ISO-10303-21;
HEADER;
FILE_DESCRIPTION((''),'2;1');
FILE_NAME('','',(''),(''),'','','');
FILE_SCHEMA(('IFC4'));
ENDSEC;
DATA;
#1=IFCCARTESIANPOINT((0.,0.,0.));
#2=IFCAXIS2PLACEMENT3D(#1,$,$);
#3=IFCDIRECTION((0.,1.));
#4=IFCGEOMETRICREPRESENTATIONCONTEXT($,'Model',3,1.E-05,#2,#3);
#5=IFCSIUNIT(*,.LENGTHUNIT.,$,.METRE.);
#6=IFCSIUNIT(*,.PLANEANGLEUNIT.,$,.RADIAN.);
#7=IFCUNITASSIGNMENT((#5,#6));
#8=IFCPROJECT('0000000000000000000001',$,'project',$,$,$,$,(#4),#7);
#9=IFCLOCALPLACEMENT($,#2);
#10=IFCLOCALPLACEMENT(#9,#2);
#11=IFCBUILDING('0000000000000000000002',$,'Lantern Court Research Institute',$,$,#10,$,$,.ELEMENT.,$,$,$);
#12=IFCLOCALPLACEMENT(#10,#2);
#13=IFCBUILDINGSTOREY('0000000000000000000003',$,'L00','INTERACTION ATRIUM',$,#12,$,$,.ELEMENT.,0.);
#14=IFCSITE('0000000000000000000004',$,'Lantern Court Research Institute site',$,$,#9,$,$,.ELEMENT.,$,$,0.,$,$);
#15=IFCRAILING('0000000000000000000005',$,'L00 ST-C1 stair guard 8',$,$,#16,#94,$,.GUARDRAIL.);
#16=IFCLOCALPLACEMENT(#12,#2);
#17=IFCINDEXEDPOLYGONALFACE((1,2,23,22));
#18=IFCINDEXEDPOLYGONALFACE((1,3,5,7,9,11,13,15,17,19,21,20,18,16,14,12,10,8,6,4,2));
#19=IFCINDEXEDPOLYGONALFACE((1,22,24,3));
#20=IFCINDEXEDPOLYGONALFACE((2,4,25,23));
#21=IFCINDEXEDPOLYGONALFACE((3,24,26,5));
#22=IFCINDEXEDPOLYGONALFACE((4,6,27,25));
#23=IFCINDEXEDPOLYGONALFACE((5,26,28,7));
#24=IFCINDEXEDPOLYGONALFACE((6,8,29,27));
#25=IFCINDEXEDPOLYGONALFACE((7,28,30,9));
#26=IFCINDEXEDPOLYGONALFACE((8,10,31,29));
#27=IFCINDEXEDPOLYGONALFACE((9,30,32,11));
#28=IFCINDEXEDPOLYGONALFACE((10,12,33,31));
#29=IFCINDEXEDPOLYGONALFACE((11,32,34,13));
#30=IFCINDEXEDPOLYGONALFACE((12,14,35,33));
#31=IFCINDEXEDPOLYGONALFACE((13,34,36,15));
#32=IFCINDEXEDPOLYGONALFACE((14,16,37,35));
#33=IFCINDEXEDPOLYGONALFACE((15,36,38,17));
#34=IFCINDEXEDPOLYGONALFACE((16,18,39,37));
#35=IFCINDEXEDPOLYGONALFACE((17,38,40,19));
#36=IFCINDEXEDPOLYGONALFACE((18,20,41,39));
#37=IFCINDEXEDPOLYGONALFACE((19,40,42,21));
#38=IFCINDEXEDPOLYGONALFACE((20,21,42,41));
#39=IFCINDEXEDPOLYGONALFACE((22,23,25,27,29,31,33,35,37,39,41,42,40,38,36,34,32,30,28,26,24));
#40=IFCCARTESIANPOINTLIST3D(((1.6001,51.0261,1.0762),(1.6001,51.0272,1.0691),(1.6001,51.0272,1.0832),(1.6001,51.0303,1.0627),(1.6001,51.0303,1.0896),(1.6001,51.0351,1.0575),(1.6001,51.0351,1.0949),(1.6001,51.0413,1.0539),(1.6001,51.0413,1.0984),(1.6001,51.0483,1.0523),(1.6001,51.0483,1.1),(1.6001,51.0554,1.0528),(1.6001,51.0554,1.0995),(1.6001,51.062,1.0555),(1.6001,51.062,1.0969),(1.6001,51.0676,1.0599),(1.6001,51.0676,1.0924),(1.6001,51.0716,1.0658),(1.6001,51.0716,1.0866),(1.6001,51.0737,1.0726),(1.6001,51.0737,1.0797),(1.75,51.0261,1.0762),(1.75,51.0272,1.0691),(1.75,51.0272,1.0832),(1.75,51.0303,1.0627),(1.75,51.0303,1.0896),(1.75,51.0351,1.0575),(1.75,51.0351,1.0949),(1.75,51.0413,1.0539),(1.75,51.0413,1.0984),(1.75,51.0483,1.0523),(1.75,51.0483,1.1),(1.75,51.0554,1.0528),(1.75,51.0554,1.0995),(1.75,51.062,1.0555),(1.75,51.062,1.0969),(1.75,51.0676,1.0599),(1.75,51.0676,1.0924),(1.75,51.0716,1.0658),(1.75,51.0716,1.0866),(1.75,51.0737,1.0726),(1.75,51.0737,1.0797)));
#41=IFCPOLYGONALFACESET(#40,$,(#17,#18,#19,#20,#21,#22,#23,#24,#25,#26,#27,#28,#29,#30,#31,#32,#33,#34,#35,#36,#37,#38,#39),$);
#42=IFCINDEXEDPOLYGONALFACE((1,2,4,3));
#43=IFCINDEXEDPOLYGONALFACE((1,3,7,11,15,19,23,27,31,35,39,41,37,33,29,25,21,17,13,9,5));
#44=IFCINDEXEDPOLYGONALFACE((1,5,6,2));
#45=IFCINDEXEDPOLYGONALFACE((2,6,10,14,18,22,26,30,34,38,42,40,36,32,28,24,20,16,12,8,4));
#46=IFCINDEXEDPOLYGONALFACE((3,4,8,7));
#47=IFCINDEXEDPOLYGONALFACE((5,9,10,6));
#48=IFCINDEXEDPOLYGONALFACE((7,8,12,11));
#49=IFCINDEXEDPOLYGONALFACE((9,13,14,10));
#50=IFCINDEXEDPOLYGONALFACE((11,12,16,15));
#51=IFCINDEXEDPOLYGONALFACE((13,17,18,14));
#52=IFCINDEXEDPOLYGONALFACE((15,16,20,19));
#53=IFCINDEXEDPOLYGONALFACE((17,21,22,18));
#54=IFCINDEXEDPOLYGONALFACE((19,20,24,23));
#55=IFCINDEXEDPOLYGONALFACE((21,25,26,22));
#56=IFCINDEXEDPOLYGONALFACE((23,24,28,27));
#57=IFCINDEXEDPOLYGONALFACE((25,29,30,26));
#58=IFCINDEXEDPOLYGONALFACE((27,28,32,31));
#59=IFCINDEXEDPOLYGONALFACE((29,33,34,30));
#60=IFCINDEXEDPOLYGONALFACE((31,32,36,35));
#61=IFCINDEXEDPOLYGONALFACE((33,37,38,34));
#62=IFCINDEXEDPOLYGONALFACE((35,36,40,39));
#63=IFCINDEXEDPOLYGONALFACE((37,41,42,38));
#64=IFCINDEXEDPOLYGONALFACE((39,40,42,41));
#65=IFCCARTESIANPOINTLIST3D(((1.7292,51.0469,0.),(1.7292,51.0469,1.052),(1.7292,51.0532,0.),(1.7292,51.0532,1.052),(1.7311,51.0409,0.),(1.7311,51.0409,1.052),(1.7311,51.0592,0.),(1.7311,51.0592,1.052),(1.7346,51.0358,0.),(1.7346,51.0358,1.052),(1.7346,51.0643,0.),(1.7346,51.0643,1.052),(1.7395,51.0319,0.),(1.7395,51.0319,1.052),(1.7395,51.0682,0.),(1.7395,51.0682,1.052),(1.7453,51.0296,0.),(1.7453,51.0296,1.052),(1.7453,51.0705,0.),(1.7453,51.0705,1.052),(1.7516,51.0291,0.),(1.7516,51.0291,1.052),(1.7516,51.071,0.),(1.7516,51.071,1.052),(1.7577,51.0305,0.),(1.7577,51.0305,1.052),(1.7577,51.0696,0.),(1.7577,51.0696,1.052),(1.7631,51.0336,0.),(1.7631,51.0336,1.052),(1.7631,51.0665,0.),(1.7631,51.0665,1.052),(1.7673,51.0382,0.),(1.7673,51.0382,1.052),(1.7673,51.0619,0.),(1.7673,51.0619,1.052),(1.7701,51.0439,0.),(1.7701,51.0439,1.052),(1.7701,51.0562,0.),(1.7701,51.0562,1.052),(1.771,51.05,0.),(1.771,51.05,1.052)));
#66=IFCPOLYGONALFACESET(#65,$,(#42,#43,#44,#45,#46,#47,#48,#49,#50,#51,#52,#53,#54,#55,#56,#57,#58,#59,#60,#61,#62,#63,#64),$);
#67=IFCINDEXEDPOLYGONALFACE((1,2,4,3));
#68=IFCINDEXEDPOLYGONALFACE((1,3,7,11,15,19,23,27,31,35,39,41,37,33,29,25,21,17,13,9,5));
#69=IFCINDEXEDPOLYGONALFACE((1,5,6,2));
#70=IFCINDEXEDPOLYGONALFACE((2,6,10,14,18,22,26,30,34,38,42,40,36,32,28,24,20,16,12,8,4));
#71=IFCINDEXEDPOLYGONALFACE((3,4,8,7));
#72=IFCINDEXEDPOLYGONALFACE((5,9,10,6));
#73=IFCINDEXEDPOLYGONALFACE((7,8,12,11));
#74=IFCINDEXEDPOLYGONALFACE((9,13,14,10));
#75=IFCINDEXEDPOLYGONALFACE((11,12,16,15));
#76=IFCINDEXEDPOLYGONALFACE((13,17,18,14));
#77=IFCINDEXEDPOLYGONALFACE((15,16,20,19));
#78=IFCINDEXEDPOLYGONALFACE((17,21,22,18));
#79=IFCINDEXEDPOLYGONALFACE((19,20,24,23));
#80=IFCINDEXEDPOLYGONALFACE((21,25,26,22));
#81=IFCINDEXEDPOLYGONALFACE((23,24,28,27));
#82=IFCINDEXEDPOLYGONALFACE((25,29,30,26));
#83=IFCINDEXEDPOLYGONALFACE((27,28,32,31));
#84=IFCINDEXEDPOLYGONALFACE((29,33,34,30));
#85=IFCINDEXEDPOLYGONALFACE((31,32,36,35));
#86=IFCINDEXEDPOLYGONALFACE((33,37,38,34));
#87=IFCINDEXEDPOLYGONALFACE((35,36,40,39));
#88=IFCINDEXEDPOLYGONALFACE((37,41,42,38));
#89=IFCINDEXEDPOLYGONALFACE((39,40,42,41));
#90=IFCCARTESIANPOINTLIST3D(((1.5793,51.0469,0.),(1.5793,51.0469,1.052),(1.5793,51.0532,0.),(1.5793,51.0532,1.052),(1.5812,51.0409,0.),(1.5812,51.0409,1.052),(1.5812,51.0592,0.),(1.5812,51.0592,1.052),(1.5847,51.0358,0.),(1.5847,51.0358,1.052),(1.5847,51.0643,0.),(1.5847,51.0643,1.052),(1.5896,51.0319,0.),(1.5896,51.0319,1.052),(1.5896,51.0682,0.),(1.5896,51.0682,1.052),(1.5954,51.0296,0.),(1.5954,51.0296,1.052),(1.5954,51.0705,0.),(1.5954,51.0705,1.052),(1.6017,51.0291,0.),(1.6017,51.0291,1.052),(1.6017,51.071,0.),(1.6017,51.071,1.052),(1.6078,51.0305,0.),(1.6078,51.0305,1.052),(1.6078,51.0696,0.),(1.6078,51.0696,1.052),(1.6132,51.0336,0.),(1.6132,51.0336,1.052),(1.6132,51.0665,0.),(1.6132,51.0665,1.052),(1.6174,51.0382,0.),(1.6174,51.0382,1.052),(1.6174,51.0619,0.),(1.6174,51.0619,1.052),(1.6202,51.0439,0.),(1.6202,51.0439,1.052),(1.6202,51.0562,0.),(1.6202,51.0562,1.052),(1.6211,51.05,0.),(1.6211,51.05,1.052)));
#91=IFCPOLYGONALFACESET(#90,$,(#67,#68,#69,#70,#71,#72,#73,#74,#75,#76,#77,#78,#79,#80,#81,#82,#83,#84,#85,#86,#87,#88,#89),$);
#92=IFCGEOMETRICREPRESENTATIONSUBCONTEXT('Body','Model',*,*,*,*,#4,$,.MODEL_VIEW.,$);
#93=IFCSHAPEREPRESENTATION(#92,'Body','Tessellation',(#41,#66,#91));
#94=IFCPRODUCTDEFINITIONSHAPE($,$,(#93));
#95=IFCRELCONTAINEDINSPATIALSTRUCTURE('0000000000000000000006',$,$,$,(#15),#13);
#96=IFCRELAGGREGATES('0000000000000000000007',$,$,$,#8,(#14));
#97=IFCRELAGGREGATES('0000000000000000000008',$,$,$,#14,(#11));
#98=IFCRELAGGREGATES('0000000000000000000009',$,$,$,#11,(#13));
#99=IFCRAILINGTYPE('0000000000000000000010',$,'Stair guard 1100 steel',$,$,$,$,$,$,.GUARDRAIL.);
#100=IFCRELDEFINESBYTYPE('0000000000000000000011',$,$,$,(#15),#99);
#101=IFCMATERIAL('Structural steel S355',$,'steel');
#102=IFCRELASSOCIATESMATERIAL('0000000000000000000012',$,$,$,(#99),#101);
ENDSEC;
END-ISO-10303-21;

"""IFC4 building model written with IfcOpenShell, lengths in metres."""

from ifc_helpers import new_model, si_unit, direction, frame, origin, origin_2d, place, context, subcontext, project, spatial, circle, extrude, material, type_object, element, save


model = new_model("IFC4")

# Units and contexts
model_context = context("Model", 3, precision=1e-05, world=origin(), true_north=direction((0.0, 1.0)))
body_context = subcontext(model_context, "Body", "Model", "MODEL_VIEW")
ifc_project = project(units=[si_unit("LENGTHUNIT", "METRE"), si_unit("PLANEANGLEUNIT", "RADIAN")], contexts=[model_context])

# Site, building, storey
site_placement = place(None, origin())
site = spatial("IfcSite", under=ifc_project, at=site_placement, Name="Lantern Court Research Institute site", CompositionType="ELEMENT", RefElevation=0.0)
building_placement = place(site_placement, origin())
building = spatial("IfcBuilding", under=site, at=building_placement, Name="Lantern Court Research Institute", CompositionType="ELEMENT")
storey_placement = place(building_placement, origin())
storey = spatial("IfcBuildingStorey", under=building, at=storey_placement, Name="L00", Description="INTERACTION ATRIUM", CompositionType="ELEMENT", Elevation=0.0)

# Railing
ifc_material_1 = material(Name="Structural steel S355", Category="steel")
railing_type_1 = type_object("IfcRailingType", Name="Stair guard 1100 steel", PredefinedType="GUARDRAIL", material=ifc_material_1)
railing_1_placement = place(storey_placement, frame((1.75, 51.05, 0.0)))
element("IfcRailing", 1, at=railing_1_placement, inside=storey, type_object=railing_type_1, Name="L00 ST-C1 stair guard 8", PredefinedType="GUARDRAIL", context=body_context, shape_type="SweptSolid", body=[
    extrude(circle(Radius=0.0239, at=origin_2d()), frame((0.0, 0.0, 1.0762), z_axis=(-1.0, 0.0, 0.0), x_axis=(0.0, -1.0, 0.0)), (0.0, 0.0, 1.0), 0.1499),
    extrude(circle(Radius=0.021, at=origin_2d()), origin(), (0.0, 0.0, 1.0), 1.052),
    extrude(circle(Radius=0.021, at=origin_2d()), frame((-0.1499, 0.0, 0.0)), (0.0, 0.0, 1.0), 1.052),
])

save(model, "model.ifc")
